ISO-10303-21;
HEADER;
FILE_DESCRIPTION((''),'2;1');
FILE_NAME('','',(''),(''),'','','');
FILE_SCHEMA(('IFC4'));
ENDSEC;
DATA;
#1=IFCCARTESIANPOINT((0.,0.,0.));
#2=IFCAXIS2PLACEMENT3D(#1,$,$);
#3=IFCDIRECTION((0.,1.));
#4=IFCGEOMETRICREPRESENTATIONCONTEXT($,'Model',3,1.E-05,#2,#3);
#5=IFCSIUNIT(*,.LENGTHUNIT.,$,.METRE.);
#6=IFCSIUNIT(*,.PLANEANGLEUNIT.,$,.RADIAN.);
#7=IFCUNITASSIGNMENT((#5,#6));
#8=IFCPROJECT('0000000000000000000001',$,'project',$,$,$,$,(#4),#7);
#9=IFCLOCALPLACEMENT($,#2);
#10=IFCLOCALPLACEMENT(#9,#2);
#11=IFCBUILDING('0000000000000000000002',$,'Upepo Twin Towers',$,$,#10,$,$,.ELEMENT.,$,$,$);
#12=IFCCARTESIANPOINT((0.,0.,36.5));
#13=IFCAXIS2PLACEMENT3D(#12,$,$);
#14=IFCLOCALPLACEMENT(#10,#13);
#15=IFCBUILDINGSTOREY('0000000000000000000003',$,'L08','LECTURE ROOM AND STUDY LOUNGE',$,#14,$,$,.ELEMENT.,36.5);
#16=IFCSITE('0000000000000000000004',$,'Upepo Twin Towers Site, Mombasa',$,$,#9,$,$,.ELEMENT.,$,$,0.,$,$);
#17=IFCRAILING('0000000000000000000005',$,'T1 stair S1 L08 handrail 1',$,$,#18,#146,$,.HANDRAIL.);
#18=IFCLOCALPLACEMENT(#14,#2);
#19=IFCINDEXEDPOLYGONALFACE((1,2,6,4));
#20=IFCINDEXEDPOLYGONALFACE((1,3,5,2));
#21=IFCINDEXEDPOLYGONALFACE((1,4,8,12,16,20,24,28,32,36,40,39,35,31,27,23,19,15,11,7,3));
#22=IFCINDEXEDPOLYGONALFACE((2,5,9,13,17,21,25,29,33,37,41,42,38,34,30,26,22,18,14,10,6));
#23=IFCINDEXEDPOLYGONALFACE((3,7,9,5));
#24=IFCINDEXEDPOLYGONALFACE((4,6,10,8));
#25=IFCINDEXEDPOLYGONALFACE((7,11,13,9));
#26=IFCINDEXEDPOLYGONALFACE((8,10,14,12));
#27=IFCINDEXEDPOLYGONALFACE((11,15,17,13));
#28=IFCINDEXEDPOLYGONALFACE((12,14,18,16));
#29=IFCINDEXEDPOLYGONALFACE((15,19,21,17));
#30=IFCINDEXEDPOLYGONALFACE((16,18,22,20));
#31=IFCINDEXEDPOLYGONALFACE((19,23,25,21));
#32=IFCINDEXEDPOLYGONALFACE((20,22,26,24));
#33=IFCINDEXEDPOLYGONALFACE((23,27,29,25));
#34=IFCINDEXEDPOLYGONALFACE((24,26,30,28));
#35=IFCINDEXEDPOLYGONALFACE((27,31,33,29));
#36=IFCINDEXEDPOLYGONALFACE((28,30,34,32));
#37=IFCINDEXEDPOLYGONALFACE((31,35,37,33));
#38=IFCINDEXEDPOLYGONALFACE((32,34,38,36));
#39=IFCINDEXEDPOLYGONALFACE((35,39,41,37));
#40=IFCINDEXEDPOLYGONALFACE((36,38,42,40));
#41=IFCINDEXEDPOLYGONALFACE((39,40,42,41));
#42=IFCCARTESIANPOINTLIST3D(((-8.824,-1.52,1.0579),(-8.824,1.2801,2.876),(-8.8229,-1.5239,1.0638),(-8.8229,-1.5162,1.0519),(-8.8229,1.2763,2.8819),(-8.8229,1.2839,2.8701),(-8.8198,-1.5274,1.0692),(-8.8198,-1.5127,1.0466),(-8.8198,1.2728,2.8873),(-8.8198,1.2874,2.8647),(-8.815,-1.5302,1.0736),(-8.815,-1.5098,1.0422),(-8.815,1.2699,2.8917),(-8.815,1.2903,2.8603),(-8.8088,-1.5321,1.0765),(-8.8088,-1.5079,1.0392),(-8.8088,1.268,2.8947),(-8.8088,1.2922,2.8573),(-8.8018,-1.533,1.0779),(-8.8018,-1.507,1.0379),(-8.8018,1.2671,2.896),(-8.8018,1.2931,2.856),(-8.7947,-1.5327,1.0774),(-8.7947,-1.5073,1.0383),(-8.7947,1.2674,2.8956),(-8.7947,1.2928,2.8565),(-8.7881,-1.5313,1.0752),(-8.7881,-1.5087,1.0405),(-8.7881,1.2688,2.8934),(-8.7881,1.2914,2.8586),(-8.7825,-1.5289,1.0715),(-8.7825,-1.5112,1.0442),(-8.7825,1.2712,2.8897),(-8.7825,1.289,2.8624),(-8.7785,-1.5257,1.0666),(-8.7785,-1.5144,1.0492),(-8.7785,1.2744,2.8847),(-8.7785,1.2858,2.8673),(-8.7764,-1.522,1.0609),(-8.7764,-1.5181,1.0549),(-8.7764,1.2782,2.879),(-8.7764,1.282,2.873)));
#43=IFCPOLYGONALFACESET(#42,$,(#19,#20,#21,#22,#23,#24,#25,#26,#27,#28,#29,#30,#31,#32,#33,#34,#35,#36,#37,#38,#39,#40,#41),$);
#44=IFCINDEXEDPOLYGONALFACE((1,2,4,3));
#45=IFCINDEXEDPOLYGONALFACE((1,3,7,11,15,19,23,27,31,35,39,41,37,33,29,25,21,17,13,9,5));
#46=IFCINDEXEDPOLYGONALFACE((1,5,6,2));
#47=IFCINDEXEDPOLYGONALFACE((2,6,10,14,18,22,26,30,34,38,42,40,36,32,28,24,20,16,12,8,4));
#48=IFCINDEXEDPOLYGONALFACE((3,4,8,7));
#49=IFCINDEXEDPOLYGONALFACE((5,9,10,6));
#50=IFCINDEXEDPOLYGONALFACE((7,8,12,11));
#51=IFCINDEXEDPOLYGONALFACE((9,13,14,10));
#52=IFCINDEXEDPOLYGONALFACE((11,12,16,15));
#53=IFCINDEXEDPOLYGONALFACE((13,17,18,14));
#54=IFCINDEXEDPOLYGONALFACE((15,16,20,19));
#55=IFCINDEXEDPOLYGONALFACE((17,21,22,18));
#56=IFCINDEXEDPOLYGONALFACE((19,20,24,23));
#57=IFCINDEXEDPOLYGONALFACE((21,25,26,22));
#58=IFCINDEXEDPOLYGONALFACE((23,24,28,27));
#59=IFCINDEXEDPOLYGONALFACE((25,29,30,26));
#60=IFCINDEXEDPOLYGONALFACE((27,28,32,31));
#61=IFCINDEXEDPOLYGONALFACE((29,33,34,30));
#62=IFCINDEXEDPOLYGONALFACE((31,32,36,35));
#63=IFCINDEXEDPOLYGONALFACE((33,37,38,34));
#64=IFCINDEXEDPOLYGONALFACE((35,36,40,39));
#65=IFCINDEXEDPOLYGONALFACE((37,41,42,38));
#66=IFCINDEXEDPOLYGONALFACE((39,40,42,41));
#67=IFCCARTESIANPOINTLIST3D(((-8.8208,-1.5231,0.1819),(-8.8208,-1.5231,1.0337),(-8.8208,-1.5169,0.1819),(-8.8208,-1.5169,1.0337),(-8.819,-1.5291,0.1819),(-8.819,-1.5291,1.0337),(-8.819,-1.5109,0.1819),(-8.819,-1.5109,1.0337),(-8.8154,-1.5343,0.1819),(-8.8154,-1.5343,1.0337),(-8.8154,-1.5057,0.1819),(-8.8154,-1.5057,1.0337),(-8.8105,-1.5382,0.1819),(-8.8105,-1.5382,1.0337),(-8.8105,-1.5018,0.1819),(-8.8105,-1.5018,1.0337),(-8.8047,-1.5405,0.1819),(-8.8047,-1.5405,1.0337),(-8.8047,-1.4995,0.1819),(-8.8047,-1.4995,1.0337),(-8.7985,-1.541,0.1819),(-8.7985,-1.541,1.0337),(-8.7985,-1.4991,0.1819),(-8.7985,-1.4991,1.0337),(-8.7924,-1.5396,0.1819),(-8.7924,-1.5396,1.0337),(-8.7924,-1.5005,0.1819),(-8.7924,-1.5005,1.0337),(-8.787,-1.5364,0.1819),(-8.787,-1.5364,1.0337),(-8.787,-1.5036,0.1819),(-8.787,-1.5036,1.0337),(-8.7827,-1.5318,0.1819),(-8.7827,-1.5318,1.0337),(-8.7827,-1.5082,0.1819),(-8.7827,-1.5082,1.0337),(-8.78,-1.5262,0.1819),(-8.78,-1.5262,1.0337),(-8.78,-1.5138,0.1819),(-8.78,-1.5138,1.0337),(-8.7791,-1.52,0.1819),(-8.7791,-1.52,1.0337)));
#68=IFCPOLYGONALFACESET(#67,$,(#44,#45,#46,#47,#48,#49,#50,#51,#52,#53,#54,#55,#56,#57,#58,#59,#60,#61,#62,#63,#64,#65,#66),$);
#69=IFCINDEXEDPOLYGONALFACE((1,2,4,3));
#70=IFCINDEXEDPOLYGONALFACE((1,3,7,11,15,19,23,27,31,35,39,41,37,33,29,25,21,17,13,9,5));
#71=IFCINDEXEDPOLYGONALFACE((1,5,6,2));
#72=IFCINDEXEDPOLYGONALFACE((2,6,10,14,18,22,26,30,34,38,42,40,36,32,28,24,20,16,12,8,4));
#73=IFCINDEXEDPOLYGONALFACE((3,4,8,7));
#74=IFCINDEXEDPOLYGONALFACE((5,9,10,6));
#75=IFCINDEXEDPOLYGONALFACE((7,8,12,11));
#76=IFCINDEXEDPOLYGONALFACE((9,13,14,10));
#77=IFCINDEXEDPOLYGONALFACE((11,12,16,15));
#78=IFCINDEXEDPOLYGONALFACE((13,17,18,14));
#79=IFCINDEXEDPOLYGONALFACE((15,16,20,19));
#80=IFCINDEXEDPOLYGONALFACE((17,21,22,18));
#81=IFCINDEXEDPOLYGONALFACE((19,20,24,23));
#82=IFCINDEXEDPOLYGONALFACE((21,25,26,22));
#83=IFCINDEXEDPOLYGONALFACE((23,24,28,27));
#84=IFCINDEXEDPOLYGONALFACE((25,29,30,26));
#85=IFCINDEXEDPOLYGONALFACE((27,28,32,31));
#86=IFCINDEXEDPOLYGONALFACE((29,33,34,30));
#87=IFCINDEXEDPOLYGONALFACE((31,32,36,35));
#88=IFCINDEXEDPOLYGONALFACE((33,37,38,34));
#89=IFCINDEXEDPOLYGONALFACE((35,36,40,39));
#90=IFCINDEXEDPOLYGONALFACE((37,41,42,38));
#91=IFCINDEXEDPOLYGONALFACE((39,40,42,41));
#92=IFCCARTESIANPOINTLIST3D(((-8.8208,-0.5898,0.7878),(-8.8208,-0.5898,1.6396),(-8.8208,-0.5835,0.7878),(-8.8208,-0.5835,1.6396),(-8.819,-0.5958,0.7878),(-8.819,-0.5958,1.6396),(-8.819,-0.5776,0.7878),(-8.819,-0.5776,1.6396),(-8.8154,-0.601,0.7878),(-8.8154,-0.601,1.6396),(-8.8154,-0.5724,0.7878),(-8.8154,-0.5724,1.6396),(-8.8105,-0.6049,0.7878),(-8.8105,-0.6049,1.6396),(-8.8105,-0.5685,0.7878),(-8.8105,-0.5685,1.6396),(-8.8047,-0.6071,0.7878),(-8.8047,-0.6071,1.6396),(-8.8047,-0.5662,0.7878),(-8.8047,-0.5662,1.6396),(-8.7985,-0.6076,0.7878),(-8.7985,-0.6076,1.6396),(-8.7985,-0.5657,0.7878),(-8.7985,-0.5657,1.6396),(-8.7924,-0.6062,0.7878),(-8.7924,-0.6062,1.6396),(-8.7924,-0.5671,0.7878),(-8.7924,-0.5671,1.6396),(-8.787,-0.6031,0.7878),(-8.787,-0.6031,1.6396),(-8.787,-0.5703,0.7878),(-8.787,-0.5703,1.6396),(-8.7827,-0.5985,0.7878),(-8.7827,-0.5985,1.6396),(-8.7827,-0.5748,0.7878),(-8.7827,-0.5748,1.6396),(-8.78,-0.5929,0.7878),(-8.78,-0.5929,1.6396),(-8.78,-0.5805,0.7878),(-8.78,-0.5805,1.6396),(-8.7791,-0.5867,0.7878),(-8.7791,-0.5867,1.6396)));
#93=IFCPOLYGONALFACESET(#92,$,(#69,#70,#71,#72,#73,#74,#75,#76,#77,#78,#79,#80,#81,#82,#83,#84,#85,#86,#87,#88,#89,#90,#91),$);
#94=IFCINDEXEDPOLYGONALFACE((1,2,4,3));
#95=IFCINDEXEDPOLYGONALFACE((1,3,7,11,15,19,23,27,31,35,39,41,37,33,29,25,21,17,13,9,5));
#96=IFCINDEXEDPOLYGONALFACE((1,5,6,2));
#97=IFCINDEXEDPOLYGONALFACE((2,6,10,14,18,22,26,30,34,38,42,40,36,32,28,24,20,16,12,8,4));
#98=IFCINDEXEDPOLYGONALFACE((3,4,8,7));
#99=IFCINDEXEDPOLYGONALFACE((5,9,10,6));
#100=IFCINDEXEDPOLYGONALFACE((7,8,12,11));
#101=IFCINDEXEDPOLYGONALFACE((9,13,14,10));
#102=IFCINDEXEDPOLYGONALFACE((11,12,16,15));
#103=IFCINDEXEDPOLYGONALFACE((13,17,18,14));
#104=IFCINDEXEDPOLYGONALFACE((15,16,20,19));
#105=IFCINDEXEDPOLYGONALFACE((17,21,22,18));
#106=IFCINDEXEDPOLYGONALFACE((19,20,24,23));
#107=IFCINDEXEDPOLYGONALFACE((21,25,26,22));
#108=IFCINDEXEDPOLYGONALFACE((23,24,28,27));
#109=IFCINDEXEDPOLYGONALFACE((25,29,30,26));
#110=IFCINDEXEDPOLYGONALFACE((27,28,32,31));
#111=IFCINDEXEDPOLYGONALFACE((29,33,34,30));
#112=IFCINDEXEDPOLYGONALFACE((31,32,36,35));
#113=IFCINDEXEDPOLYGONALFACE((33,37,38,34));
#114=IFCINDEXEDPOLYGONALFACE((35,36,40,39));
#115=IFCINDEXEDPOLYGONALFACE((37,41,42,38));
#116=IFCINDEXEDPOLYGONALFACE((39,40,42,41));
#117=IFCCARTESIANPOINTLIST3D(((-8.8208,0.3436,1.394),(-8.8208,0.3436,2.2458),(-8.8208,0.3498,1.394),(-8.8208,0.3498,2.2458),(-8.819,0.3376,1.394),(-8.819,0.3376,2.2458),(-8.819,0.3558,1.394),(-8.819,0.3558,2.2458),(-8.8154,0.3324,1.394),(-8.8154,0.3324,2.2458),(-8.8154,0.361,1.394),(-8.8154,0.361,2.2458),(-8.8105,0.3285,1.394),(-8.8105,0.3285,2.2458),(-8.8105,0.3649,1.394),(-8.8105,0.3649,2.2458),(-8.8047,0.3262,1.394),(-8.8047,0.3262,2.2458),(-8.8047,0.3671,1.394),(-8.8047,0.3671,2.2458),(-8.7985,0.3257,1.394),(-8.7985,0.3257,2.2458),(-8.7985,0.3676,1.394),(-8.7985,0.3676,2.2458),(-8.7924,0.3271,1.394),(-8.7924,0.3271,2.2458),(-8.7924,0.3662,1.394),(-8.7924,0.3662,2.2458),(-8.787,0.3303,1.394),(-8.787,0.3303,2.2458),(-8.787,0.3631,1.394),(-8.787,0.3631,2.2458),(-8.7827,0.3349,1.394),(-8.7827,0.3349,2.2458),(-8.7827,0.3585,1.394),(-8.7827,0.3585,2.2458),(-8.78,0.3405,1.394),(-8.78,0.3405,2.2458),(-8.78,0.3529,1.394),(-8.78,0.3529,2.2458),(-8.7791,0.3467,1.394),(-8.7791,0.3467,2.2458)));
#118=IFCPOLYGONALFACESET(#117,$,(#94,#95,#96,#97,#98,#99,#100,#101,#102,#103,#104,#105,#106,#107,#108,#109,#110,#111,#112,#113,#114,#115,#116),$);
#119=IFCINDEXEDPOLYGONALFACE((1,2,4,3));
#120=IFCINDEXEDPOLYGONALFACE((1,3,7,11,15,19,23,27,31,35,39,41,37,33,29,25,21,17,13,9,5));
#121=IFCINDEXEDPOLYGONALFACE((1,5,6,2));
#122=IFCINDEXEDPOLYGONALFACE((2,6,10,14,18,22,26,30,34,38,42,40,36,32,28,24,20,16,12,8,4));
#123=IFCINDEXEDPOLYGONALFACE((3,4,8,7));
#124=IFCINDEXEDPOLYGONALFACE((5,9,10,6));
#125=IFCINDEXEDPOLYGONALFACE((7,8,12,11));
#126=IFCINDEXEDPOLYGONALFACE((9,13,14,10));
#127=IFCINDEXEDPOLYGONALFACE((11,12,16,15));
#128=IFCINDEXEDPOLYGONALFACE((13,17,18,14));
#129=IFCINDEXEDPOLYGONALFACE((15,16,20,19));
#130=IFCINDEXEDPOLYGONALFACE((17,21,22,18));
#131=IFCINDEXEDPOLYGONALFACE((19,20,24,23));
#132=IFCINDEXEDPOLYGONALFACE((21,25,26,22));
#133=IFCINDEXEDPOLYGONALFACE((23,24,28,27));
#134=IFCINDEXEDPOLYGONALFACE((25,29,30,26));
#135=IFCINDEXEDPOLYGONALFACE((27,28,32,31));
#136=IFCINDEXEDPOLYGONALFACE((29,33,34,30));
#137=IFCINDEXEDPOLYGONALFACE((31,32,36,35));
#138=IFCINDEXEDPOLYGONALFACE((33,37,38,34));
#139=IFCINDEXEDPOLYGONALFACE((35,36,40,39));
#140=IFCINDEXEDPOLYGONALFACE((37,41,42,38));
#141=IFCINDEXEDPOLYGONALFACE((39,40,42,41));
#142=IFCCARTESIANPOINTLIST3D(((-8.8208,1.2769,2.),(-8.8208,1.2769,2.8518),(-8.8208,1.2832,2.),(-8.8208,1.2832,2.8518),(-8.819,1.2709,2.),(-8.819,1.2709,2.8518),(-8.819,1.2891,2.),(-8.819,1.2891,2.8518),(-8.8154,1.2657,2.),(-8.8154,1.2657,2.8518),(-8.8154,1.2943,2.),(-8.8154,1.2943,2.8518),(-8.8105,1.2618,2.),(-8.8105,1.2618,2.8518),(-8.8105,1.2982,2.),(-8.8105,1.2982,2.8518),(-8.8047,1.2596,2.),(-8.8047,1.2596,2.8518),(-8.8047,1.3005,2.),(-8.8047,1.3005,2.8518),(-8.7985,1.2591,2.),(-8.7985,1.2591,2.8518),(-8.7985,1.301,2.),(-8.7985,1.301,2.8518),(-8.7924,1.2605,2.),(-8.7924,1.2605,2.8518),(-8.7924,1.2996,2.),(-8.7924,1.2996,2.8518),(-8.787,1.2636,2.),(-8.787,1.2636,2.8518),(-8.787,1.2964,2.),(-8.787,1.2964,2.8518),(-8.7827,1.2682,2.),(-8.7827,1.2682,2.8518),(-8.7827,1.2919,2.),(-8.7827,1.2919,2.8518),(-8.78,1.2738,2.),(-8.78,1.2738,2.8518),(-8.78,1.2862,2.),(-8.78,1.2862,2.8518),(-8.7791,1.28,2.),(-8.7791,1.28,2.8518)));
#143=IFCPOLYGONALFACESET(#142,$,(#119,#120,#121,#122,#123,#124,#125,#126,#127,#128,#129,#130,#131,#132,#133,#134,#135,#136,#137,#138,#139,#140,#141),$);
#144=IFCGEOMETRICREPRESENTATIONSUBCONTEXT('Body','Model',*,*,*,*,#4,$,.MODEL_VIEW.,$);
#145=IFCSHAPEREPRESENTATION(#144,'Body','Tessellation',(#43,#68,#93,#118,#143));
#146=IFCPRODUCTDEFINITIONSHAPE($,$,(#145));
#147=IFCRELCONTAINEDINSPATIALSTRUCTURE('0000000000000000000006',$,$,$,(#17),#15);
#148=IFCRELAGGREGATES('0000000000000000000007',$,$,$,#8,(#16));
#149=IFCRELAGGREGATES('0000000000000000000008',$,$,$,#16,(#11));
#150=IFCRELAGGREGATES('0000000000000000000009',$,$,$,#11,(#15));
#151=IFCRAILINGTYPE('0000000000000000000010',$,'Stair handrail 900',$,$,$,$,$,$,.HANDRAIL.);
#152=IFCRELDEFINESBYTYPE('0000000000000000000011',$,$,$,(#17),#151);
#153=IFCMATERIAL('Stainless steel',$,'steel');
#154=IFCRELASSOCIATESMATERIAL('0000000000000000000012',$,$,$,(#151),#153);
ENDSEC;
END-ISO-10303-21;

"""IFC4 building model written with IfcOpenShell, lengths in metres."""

from ifc_helpers import new_model, si_unit, direction, frame, origin, origin_2d, place, context, subcontext, project, spatial, circle, extrude, material, type_object, element, save


model = new_model("IFC4")

# Units and contexts
model_context = context("Model", 3, precision=1e-05, world=origin(), true_north=direction((0.0, 1.0)))
body_context = subcontext(model_context, "Body", "Model", "MODEL_VIEW")
ifc_project = project(units=[si_unit("LENGTHUNIT", "METRE"), si_unit("PLANEANGLEUNIT", "RADIAN")], contexts=[model_context])

# Site, building, storey
site_placement = place(None, origin())
site = spatial("IfcSite", under=ifc_project, at=site_placement, Name="Upepo Twin Towers Site, Mombasa", CompositionType="ELEMENT", RefElevation=0.0)
building_placement = place(site_placement, origin())
building = spatial("IfcBuilding", under=site, at=building_placement, Name="Upepo Twin Towers", CompositionType="ELEMENT")
storey_placement = place(building_placement, frame((0.0, 0.0, 36.5)))
storey = spatial("IfcBuildingStorey", under=building, at=storey_placement, Name="L08", Description="LECTURE ROOM AND STUDY LOUNGE", CompositionType="ELEMENT", Elevation=36.5)

# Railing
ifc_material_1 = material(Name="Stainless steel", Category="steel")
railing_type = type_object("IfcRailingType", Name="Stair handrail 900", PredefinedType="HANDRAIL", material=ifc_material_1)
railing_placement = place(storey_placement, frame((-8.8, -1.52, 0.1819)))
element("IfcRailing", 1, at=railing_placement, inside=storey, type_object=railing_type, Name="T1 stair S1 L08 handrail 1", PredefinedType="HANDRAIL", context=body_context, shape_type="SweptSolid", body=[
    extrude(circle(Radius=0.0239, at=origin_2d()), frame((0.0, 0.0, 0.876), z_axis=(0.0, 0.838706, 0.544585), x_axis=(-1.0, 0.0, 0.0)), (0.0, 0.0, 1.0), 3.3386),
    extrude(circle(Radius=0.021, at=origin_2d()), origin(), (0.0, 0.0, 1.0), 0.8518),
    extrude(circle(Radius=0.021, at=origin_2d()), frame((0.0, 0.9333, 0.606)), (0.0, 0.0, 1.0), 0.8518),
    extrude(circle(Radius=0.021, at=origin_2d()), frame((0.0, 1.8667, 1.2122)), (0.0, 0.0, 1.0), 0.8518),
    extrude(circle(Radius=0.021, at=origin_2d()), frame((0.0, 2.8, 1.8181)), (0.0, 0.0, 1.0), 0.8518),
])

save(model, "model.ifc")
